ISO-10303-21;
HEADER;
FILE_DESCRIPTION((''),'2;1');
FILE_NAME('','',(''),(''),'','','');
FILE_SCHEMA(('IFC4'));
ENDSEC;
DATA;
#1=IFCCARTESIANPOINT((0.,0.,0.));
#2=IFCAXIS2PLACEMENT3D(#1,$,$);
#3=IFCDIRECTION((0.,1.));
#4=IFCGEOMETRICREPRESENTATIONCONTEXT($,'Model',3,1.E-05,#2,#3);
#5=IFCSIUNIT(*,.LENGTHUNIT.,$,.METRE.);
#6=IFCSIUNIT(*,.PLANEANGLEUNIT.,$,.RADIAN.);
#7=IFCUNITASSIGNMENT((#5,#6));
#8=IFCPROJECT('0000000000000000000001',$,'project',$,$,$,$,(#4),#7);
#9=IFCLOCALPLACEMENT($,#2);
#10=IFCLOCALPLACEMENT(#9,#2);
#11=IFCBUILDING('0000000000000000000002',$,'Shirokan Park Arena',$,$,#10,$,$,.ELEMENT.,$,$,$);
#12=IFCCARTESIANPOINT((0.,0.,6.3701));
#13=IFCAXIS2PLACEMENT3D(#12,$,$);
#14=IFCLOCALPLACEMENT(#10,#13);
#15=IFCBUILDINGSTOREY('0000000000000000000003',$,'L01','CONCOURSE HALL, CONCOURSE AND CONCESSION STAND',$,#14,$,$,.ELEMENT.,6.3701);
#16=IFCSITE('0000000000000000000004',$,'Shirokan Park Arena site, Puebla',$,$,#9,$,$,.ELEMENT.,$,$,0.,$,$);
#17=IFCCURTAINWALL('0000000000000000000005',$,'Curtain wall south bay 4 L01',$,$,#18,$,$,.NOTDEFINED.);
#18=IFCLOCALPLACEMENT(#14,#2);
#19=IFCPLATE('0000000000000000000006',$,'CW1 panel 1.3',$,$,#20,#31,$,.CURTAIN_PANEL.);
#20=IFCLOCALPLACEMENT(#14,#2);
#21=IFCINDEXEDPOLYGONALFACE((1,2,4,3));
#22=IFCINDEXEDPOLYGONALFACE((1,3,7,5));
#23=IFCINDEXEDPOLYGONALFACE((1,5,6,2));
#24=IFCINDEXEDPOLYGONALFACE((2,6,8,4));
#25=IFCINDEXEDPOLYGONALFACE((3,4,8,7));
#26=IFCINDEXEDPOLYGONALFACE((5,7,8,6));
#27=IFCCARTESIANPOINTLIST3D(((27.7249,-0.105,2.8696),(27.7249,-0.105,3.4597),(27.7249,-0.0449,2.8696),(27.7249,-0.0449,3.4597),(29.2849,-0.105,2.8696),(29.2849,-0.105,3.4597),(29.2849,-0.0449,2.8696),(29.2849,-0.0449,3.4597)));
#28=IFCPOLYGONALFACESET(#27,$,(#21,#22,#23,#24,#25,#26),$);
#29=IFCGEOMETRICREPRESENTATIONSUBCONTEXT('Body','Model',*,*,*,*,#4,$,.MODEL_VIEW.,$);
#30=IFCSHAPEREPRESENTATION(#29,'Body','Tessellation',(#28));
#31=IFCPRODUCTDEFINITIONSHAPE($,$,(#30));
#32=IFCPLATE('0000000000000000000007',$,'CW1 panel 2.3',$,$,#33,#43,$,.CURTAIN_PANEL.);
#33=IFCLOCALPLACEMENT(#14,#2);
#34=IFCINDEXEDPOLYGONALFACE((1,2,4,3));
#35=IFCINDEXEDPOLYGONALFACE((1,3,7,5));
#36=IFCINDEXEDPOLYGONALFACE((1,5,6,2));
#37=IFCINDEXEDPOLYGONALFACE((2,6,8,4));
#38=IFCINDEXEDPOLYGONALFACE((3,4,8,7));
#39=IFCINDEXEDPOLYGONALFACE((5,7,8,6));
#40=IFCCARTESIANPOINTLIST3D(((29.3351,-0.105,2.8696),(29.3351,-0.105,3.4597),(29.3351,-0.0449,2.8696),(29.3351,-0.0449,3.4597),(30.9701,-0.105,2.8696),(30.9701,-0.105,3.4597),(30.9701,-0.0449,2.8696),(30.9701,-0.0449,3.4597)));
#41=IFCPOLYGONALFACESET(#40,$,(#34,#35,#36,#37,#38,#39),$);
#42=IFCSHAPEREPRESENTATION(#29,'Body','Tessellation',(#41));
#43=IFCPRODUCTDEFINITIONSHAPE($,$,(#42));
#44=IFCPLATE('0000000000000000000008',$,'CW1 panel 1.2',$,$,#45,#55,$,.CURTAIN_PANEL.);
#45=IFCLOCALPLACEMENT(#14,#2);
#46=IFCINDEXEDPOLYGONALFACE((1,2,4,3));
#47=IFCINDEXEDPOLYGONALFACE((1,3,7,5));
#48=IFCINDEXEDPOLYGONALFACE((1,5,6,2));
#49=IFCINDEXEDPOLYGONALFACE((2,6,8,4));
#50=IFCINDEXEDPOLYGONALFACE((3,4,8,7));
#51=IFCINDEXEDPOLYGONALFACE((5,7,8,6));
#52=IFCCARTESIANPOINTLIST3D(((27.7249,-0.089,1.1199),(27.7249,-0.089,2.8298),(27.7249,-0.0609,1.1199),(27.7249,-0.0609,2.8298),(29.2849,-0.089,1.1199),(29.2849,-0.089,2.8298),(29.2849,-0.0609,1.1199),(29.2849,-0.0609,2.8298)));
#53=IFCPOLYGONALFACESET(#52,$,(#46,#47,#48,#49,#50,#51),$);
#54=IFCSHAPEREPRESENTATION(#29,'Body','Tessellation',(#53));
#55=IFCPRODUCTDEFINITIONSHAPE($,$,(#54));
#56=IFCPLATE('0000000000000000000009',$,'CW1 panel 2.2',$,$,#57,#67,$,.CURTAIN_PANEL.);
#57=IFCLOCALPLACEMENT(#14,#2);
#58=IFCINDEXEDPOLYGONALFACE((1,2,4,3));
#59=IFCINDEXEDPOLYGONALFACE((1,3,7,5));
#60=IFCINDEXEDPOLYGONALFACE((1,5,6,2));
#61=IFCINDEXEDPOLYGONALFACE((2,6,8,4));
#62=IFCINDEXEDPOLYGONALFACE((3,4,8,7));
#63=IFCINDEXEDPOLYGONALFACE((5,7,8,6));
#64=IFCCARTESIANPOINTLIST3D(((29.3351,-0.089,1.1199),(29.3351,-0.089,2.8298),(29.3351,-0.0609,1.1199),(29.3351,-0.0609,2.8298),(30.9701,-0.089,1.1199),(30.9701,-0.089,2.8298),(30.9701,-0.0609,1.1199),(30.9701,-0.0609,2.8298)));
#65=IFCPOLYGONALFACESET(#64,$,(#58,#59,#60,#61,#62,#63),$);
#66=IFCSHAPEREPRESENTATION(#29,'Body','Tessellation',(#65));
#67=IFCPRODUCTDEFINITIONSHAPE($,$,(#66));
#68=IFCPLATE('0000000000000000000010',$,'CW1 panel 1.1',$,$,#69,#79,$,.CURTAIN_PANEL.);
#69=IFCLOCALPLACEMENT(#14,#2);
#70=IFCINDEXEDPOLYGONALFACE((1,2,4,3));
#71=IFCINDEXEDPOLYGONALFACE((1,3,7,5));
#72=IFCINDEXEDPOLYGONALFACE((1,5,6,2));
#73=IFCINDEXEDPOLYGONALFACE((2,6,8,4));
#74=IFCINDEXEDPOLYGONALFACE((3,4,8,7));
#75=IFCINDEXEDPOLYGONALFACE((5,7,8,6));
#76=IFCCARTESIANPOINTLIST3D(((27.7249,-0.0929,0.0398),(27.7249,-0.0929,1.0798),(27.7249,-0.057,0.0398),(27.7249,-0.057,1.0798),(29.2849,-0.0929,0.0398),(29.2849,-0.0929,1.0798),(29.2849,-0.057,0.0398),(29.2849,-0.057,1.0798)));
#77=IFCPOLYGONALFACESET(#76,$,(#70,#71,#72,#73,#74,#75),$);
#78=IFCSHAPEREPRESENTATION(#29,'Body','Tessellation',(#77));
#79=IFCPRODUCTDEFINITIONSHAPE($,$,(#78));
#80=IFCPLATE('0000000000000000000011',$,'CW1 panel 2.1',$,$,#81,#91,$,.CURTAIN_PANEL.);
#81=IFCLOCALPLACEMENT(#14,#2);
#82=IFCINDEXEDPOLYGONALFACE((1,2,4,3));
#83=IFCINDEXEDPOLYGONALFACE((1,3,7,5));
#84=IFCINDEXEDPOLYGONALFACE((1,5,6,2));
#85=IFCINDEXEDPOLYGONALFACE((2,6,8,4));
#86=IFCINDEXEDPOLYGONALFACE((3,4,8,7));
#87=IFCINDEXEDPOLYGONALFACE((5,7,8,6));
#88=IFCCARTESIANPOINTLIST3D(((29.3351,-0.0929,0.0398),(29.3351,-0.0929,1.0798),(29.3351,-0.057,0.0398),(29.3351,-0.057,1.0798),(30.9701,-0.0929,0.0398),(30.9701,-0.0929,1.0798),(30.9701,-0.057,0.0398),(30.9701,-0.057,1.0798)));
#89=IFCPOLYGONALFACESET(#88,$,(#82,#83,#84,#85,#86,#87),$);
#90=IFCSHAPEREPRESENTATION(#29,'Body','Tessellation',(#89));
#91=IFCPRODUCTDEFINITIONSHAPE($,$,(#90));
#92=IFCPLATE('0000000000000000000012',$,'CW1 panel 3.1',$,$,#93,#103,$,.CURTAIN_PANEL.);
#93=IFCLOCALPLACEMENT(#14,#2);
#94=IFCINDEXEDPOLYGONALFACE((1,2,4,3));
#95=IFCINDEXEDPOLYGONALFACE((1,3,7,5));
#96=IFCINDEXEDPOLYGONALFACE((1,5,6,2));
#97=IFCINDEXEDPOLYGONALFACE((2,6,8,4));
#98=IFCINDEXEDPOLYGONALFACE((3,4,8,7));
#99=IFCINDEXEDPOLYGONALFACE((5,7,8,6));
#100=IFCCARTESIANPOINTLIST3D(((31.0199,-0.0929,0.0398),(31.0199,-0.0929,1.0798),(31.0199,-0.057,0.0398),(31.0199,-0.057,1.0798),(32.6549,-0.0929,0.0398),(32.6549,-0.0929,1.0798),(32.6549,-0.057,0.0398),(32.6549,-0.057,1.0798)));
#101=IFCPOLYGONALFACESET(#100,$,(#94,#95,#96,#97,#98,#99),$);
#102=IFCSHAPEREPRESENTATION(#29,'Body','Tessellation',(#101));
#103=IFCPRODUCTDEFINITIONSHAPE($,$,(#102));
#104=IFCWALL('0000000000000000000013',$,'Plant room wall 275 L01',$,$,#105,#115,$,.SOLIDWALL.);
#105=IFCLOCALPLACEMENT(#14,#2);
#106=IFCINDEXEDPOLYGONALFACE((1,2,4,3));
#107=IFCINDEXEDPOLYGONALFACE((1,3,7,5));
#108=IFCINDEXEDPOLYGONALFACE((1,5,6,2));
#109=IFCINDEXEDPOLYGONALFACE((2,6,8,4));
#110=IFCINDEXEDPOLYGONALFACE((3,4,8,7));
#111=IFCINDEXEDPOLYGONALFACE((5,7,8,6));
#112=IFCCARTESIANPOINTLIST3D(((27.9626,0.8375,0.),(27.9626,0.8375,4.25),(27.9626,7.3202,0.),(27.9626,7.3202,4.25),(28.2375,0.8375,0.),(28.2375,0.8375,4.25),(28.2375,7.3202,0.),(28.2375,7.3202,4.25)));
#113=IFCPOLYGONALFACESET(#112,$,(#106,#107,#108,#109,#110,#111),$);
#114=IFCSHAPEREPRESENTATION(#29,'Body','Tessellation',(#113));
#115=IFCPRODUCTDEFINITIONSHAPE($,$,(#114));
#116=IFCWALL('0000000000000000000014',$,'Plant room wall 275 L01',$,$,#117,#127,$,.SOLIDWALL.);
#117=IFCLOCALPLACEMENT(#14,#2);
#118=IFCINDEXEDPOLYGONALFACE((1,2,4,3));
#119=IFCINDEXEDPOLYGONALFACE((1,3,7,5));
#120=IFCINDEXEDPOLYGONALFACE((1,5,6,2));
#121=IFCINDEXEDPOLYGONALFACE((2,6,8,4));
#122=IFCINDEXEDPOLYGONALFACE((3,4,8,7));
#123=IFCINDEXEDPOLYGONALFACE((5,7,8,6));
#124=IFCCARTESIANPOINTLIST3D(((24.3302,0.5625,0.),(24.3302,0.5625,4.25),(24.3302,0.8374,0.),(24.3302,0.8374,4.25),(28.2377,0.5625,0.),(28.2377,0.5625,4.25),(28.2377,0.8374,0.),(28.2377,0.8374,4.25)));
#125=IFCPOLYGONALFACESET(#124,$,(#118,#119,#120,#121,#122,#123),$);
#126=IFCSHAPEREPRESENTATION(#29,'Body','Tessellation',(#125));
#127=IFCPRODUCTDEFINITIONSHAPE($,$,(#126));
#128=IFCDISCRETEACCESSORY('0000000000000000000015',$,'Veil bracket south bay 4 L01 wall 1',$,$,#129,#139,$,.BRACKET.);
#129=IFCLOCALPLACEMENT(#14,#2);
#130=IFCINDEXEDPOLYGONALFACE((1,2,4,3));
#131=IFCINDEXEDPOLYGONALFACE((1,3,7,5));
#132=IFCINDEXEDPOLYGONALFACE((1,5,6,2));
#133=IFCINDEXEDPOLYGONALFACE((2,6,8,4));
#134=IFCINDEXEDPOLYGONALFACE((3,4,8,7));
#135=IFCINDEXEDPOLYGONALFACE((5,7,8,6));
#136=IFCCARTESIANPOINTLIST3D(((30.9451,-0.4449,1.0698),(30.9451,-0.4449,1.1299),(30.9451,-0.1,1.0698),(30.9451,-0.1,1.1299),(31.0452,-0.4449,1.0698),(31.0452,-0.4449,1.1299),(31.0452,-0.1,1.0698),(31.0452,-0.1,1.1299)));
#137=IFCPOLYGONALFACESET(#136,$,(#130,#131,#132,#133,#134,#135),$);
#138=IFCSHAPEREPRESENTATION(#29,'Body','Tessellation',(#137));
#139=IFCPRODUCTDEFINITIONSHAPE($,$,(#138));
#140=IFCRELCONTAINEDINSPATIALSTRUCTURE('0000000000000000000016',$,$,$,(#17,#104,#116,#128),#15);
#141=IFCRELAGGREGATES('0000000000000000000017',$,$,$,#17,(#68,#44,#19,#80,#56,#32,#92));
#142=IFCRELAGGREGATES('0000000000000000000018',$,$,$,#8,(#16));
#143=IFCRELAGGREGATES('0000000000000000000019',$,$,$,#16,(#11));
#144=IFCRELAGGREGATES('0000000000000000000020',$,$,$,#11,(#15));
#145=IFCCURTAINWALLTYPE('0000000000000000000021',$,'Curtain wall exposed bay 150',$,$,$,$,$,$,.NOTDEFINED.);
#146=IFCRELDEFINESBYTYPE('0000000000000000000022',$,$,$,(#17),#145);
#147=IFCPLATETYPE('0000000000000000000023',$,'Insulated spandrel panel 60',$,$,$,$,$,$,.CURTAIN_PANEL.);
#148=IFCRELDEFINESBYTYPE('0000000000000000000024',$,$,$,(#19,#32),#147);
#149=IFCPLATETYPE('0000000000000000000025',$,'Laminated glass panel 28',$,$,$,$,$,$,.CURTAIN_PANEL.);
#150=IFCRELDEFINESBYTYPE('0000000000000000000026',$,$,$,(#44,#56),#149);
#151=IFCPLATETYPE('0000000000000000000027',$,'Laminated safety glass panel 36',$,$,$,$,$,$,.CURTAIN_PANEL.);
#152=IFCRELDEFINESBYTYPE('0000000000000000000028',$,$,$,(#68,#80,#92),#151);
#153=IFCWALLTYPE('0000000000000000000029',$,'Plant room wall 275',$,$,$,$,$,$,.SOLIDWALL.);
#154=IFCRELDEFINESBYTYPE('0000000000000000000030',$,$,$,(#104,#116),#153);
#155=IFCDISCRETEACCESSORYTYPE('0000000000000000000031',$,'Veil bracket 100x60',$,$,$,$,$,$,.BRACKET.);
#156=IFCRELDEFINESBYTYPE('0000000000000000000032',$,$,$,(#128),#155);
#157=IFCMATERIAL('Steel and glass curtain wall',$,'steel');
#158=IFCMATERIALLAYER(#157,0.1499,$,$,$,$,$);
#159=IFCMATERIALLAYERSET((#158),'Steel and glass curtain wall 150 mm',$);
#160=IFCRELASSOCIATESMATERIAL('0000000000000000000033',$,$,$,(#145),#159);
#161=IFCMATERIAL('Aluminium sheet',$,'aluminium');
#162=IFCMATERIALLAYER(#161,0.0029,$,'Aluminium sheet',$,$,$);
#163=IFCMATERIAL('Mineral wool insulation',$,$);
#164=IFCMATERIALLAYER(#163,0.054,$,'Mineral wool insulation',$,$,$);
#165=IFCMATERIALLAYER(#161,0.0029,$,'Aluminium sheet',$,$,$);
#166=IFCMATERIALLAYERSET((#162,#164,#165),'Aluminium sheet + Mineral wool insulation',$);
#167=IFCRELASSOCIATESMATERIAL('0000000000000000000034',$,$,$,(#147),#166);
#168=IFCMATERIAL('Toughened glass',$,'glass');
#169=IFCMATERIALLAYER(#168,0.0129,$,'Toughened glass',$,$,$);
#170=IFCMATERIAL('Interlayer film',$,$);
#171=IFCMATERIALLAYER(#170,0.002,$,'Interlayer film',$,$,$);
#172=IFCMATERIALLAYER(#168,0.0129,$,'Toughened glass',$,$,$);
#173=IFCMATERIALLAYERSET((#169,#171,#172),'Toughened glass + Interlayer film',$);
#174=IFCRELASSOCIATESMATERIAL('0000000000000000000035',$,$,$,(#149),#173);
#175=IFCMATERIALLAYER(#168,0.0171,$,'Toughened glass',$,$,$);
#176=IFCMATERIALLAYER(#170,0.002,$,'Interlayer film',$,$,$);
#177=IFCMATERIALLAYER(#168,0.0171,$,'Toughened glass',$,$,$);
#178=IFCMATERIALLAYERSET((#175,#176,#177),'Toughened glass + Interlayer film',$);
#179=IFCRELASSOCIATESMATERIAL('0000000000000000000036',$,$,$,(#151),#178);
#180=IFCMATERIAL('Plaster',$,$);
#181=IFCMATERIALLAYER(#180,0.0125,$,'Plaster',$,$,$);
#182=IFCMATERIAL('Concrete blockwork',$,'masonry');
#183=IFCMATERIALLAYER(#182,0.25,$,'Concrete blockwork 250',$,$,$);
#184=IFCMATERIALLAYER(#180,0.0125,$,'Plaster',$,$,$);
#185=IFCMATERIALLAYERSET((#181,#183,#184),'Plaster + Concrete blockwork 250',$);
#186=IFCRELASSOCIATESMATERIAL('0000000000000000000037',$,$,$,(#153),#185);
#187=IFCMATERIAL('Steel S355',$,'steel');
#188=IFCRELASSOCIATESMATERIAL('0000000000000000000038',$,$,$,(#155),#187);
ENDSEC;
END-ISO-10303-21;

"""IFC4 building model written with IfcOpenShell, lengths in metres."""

from ifc_helpers import new_model, si_unit, direction, frame, frame_2d, origin, origin_2d, place, context, subcontext, project, spatial, rectangle, extrude, material, layer, layer_set, type_object, element, aggregate, save


model = new_model("IFC4")

# Units and contexts
model_context = context("Model", 3, precision=1e-05, world=origin(), true_north=direction((0.0, 1.0)))
body_context = subcontext(model_context, "Body", "Model", "MODEL_VIEW")
ifc_project = project(units=[si_unit("LENGTHUNIT", "METRE"), si_unit("PLANEANGLEUNIT", "RADIAN")], contexts=[model_context])

# Site, building, storey
site_placement = place(None, origin())
site = spatial("IfcSite", under=ifc_project, at=site_placement, Name="Shirokan Park Arena site, Puebla", CompositionType="ELEMENT", RefElevation=0.0)
building_placement = place(site_placement, origin())
building = spatial("IfcBuilding", under=site, at=building_placement, Name="Shirokan Park Arena", CompositionType="ELEMENT")
storey_placement = place(building_placement, frame((0.0, 0.0, 6.3701)))
storey = spatial("IfcBuildingStorey", under=building, at=storey_placement, Name="L01", Description="CONCOURSE HALL, CONCOURSE AND CONCESSION STAND", CompositionType="ELEMENT", Elevation=6.3701)

# Curtain wall, plates
ifc_material_1 = material(Name="Steel and glass curtain wall", Category="steel")
ifc_layer_1 = layer(ifc_material_1, 0.1499)
ifc_layer_set_1 = layer_set([ifc_layer_1], Name="Steel and glass curtain wall 150 mm")
curtain_wall_type = type_object("IfcCurtainWallType", Name="Curtain wall exposed bay 150", PredefinedType="NOTDEFINED", material=ifc_layer_set_1)
curtain_wall_placement = place(storey_placement, origin())
curtain_wall = element("IfcCurtainWall", 1, at=curtain_wall_placement, inside=storey, type_object=curtain_wall_type, Name="Curtain wall south bay 4 L01", PredefinedType="NOTDEFINED")
ifc_material_2 = material(Name="Steel S355", Category="steel")
ifc_material_3 = material(Name="Aluminium sheet", Category="aluminium")
ifc_layer_2 = layer(ifc_material_3, 0.0029, Name="Aluminium sheet")
ifc_material_4 = material(Name="Mineral wool insulation")
ifc_layer_3 = layer(ifc_material_4, 0.054, Name="Mineral wool insulation")
ifc_layer_4 = layer(ifc_material_3, 0.0029, Name="Aluminium sheet")
ifc_layer_set_2 = layer_set([ifc_layer_2, ifc_layer_3, ifc_layer_4], Name="Aluminium sheet + Mineral wool insulation")
plate_type_1 = type_object("IfcPlateType", Name="Insulated spandrel panel 60", PredefinedType="CURTAIN_PANEL", material=ifc_layer_set_2)
plate_1_placement = place(storey_placement, frame((28.5049, -0.075, 2.8696), z_axis=(0.0, 0.0, 1.0), x_axis=(1.0, 0.0, 0.0)))
plate_1 = element("IfcPlate", 2, at=plate_1_placement, type_object=plate_type_1, Name="CW1 panel 1.3", PredefinedType="CURTAIN_PANEL", context=body_context, shape_type="SweptSolid", body=[
    extrude(rectangle(XDim=1.5601, YDim=0.0601, at=origin_2d()), origin(), (0.0, 0.0, 1.0), 0.5901),
])
plate_2_placement = place(storey_placement, frame((30.1526, -0.075, 2.8696), z_axis=(0.0, 0.0, 1.0), x_axis=(1.0, 0.0, 0.0)))
plate_2 = element("IfcPlate", 3, at=plate_2_placement, type_object=plate_type_1, Name="CW1 panel 2.3", PredefinedType="CURTAIN_PANEL", context=body_context, shape_type="SweptSolid", body=[
    extrude(rectangle(XDim=1.635, YDim=0.0601, at=origin_2d()), origin(), (0.0, 0.0, 1.0), 0.5901),
])
ifc_material_5 = material(Name="Toughened glass", Category="glass")
ifc_layer_5 = layer(ifc_material_5, 0.0129, Name="Toughened glass")
ifc_material_6 = material(Name="Interlayer film")
ifc_layer_6 = layer(ifc_material_6, 0.002, Name="Interlayer film")
ifc_layer_7 = layer(ifc_material_5, 0.0129, Name="Toughened glass")
ifc_layer_set_3 = layer_set([ifc_layer_5, ifc_layer_6, ifc_layer_7], Name="Toughened glass + Interlayer film")
plate_type_2 = type_object("IfcPlateType", Name="Laminated glass panel 28", PredefinedType="CURTAIN_PANEL", material=ifc_layer_set_3)
plate_3_placement = place(storey_placement, frame((28.5049, -0.075, 1.1199), z_axis=(0.0, 0.0, 1.0), x_axis=(1.0, 0.0, 0.0)))
plate_3 = element("IfcPlate", 4, at=plate_3_placement, type_object=plate_type_2, Name="CW1 panel 1.2", PredefinedType="CURTAIN_PANEL", context=body_context, shape_type="SweptSolid", body=[
    extrude(rectangle(XDim=1.5601, YDim=0.0281, at=origin_2d()), origin(), (0.0, 0.0, 1.0), 1.71),
])
plate_4_placement = place(storey_placement, frame((30.1526, -0.075, 1.1199), z_axis=(0.0, 0.0, 1.0), x_axis=(1.0, 0.0, 0.0)))
plate_4 = element("IfcPlate", 5, at=plate_4_placement, type_object=plate_type_2, Name="CW1 panel 2.2", PredefinedType="CURTAIN_PANEL", context=body_context, shape_type="SweptSolid", body=[
    extrude(rectangle(XDim=1.635, YDim=0.0281, at=origin_2d()), origin(), (0.0, 0.0, 1.0), 1.71),
])
ifc_layer_8 = layer(ifc_material_5, 0.0171, Name="Toughened glass")
ifc_layer_9 = layer(ifc_material_6, 0.002, Name="Interlayer film")
ifc_layer_10 = layer(ifc_material_5, 0.0171, Name="Toughened glass")
ifc_layer_set_4 = layer_set([ifc_layer_8, ifc_layer_9, ifc_layer_10], Name="Toughened glass + Interlayer film")
plate_type_3 = type_object("IfcPlateType", Name="Laminated safety glass panel 36", PredefinedType="CURTAIN_PANEL", material=ifc_layer_set_4)
plate_5_placement = place(storey_placement, frame((28.5049, -0.075, 0.0398), z_axis=(0.0, 0.0, 1.0), x_axis=(1.0, 0.0, 0.0)))
plate_5 = element("IfcPlate", 6, at=plate_5_placement, type_object=plate_type_3, Name="CW1 panel 1.1", PredefinedType="CURTAIN_PANEL", context=body_context, shape_type="SweptSolid", body=[
    extrude(rectangle(XDim=1.5601, YDim=0.0359, at=origin_2d()), origin(), (0.0, 0.0, 1.0), 1.04),
])
plate_6_placement = place(storey_placement, frame((30.1526, -0.075, 0.0398), z_axis=(0.0, 0.0, 1.0), x_axis=(1.0, 0.0, 0.0)))
plate_6 = element("IfcPlate", 7, at=plate_6_placement, type_object=plate_type_3, Name="CW1 panel 2.1", PredefinedType="CURTAIN_PANEL", context=body_context, shape_type="SweptSolid", body=[
    extrude(rectangle(XDim=1.635, YDim=0.0359, at=origin_2d()), origin(), (0.0, 0.0, 1.0), 1.04),
])
plate_7_placement = place(storey_placement, frame((31.8374, -0.075, 0.0398), z_axis=(0.0, 0.0, 1.0), x_axis=(1.0, 0.0, 0.0)))
plate_7 = element("IfcPlate", 8, at=plate_7_placement, type_object=plate_type_3, Name="CW1 panel 3.1", PredefinedType="CURTAIN_PANEL", context=body_context, shape_type="SweptSolid", body=[
    extrude(rectangle(XDim=1.635, YDim=0.0359, at=origin_2d()), origin(), (0.0, 0.0, 1.0), 1.04),
])
aggregate(curtain_wall, [plate_5, plate_3, plate_1, plate_6, plate_4, plate_2, plate_7])

# Walls
ifc_material_7 = material(Name="Plaster")
ifc_layer_11 = layer(ifc_material_7, 0.0125, Name="Plaster")
ifc_material_8 = material(Name="Concrete blockwork", Category="masonry")
ifc_layer_12 = layer(ifc_material_8, 0.25, Name="Concrete blockwork 250")
ifc_layer_13 = layer(ifc_material_7, 0.0125, Name="Plaster")
ifc_layer_set_5 = layer_set([ifc_layer_11, ifc_layer_12, ifc_layer_13], Name="Plaster + Concrete blockwork 250")
wall_type = type_object("IfcWallType", Name="Plant room wall 275", PredefinedType="SOLIDWALL", material=ifc_layer_set_5)
wall_1_placement = place(storey_placement, frame((28.1001, 7.3201, 0.0), z_axis=(0.0, 0.0, 1.0), x_axis=(0.0, -1.0, 0.0)))
element("IfcWall", 9, at=wall_1_placement, inside=storey, type_object=wall_type, Name="Plant room wall 275 L01", PredefinedType="SOLIDWALL", context=body_context, shape_type="SweptSolid", body=[
    extrude(rectangle(XDim=6.4827, YDim=0.2749, at=frame_2d((3.2412, 0.0))), origin(), (0.0, 0.0, 1.0), 4.25),
])
wall_2_placement = place(storey_placement, frame((28.2375, 0.7, 0.0), z_axis=(0.0, 0.0, 1.0), x_axis=(-1.0, 0.0, 0.0)))
element("IfcWall", 10, at=wall_2_placement, inside=storey, type_object=wall_type, Name="Plant room wall 275 L01", PredefinedType="SOLIDWALL", context=body_context, shape_type="SweptSolid", body=[
    extrude(rectangle(XDim=3.9075, YDim=0.2749, at=frame_2d((1.9536, 0.0))), origin(), (0.0, 0.0, 1.0), 4.25),
])

# Discrete accessory
discrete_accessory_type = type_object("IfcDiscreteAccessoryType", Name="Veil bracket 100x60", PredefinedType="BRACKET", material=ifc_material_2)
discrete_accessory_placement = place(storey_placement, frame((30.9951, -0.2725, 1.0698), z_axis=(0.0, 0.0, 1.0), x_axis=(1.0, 0.0, 0.0)))
element("IfcDiscreteAccessory", 11, at=discrete_accessory_placement, inside=storey, type_object=discrete_accessory_type, Name="Veil bracket south bay 4 L01 wall 1", PredefinedType="BRACKET", context=body_context, shape_type="SweptSolid", body=[
    extrude(rectangle(XDim=0.1001, YDim=0.345, at=origin_2d()), origin(), (0.0, 0.0, 1.0), 0.0601),
])

save(model, "model.ifc")
